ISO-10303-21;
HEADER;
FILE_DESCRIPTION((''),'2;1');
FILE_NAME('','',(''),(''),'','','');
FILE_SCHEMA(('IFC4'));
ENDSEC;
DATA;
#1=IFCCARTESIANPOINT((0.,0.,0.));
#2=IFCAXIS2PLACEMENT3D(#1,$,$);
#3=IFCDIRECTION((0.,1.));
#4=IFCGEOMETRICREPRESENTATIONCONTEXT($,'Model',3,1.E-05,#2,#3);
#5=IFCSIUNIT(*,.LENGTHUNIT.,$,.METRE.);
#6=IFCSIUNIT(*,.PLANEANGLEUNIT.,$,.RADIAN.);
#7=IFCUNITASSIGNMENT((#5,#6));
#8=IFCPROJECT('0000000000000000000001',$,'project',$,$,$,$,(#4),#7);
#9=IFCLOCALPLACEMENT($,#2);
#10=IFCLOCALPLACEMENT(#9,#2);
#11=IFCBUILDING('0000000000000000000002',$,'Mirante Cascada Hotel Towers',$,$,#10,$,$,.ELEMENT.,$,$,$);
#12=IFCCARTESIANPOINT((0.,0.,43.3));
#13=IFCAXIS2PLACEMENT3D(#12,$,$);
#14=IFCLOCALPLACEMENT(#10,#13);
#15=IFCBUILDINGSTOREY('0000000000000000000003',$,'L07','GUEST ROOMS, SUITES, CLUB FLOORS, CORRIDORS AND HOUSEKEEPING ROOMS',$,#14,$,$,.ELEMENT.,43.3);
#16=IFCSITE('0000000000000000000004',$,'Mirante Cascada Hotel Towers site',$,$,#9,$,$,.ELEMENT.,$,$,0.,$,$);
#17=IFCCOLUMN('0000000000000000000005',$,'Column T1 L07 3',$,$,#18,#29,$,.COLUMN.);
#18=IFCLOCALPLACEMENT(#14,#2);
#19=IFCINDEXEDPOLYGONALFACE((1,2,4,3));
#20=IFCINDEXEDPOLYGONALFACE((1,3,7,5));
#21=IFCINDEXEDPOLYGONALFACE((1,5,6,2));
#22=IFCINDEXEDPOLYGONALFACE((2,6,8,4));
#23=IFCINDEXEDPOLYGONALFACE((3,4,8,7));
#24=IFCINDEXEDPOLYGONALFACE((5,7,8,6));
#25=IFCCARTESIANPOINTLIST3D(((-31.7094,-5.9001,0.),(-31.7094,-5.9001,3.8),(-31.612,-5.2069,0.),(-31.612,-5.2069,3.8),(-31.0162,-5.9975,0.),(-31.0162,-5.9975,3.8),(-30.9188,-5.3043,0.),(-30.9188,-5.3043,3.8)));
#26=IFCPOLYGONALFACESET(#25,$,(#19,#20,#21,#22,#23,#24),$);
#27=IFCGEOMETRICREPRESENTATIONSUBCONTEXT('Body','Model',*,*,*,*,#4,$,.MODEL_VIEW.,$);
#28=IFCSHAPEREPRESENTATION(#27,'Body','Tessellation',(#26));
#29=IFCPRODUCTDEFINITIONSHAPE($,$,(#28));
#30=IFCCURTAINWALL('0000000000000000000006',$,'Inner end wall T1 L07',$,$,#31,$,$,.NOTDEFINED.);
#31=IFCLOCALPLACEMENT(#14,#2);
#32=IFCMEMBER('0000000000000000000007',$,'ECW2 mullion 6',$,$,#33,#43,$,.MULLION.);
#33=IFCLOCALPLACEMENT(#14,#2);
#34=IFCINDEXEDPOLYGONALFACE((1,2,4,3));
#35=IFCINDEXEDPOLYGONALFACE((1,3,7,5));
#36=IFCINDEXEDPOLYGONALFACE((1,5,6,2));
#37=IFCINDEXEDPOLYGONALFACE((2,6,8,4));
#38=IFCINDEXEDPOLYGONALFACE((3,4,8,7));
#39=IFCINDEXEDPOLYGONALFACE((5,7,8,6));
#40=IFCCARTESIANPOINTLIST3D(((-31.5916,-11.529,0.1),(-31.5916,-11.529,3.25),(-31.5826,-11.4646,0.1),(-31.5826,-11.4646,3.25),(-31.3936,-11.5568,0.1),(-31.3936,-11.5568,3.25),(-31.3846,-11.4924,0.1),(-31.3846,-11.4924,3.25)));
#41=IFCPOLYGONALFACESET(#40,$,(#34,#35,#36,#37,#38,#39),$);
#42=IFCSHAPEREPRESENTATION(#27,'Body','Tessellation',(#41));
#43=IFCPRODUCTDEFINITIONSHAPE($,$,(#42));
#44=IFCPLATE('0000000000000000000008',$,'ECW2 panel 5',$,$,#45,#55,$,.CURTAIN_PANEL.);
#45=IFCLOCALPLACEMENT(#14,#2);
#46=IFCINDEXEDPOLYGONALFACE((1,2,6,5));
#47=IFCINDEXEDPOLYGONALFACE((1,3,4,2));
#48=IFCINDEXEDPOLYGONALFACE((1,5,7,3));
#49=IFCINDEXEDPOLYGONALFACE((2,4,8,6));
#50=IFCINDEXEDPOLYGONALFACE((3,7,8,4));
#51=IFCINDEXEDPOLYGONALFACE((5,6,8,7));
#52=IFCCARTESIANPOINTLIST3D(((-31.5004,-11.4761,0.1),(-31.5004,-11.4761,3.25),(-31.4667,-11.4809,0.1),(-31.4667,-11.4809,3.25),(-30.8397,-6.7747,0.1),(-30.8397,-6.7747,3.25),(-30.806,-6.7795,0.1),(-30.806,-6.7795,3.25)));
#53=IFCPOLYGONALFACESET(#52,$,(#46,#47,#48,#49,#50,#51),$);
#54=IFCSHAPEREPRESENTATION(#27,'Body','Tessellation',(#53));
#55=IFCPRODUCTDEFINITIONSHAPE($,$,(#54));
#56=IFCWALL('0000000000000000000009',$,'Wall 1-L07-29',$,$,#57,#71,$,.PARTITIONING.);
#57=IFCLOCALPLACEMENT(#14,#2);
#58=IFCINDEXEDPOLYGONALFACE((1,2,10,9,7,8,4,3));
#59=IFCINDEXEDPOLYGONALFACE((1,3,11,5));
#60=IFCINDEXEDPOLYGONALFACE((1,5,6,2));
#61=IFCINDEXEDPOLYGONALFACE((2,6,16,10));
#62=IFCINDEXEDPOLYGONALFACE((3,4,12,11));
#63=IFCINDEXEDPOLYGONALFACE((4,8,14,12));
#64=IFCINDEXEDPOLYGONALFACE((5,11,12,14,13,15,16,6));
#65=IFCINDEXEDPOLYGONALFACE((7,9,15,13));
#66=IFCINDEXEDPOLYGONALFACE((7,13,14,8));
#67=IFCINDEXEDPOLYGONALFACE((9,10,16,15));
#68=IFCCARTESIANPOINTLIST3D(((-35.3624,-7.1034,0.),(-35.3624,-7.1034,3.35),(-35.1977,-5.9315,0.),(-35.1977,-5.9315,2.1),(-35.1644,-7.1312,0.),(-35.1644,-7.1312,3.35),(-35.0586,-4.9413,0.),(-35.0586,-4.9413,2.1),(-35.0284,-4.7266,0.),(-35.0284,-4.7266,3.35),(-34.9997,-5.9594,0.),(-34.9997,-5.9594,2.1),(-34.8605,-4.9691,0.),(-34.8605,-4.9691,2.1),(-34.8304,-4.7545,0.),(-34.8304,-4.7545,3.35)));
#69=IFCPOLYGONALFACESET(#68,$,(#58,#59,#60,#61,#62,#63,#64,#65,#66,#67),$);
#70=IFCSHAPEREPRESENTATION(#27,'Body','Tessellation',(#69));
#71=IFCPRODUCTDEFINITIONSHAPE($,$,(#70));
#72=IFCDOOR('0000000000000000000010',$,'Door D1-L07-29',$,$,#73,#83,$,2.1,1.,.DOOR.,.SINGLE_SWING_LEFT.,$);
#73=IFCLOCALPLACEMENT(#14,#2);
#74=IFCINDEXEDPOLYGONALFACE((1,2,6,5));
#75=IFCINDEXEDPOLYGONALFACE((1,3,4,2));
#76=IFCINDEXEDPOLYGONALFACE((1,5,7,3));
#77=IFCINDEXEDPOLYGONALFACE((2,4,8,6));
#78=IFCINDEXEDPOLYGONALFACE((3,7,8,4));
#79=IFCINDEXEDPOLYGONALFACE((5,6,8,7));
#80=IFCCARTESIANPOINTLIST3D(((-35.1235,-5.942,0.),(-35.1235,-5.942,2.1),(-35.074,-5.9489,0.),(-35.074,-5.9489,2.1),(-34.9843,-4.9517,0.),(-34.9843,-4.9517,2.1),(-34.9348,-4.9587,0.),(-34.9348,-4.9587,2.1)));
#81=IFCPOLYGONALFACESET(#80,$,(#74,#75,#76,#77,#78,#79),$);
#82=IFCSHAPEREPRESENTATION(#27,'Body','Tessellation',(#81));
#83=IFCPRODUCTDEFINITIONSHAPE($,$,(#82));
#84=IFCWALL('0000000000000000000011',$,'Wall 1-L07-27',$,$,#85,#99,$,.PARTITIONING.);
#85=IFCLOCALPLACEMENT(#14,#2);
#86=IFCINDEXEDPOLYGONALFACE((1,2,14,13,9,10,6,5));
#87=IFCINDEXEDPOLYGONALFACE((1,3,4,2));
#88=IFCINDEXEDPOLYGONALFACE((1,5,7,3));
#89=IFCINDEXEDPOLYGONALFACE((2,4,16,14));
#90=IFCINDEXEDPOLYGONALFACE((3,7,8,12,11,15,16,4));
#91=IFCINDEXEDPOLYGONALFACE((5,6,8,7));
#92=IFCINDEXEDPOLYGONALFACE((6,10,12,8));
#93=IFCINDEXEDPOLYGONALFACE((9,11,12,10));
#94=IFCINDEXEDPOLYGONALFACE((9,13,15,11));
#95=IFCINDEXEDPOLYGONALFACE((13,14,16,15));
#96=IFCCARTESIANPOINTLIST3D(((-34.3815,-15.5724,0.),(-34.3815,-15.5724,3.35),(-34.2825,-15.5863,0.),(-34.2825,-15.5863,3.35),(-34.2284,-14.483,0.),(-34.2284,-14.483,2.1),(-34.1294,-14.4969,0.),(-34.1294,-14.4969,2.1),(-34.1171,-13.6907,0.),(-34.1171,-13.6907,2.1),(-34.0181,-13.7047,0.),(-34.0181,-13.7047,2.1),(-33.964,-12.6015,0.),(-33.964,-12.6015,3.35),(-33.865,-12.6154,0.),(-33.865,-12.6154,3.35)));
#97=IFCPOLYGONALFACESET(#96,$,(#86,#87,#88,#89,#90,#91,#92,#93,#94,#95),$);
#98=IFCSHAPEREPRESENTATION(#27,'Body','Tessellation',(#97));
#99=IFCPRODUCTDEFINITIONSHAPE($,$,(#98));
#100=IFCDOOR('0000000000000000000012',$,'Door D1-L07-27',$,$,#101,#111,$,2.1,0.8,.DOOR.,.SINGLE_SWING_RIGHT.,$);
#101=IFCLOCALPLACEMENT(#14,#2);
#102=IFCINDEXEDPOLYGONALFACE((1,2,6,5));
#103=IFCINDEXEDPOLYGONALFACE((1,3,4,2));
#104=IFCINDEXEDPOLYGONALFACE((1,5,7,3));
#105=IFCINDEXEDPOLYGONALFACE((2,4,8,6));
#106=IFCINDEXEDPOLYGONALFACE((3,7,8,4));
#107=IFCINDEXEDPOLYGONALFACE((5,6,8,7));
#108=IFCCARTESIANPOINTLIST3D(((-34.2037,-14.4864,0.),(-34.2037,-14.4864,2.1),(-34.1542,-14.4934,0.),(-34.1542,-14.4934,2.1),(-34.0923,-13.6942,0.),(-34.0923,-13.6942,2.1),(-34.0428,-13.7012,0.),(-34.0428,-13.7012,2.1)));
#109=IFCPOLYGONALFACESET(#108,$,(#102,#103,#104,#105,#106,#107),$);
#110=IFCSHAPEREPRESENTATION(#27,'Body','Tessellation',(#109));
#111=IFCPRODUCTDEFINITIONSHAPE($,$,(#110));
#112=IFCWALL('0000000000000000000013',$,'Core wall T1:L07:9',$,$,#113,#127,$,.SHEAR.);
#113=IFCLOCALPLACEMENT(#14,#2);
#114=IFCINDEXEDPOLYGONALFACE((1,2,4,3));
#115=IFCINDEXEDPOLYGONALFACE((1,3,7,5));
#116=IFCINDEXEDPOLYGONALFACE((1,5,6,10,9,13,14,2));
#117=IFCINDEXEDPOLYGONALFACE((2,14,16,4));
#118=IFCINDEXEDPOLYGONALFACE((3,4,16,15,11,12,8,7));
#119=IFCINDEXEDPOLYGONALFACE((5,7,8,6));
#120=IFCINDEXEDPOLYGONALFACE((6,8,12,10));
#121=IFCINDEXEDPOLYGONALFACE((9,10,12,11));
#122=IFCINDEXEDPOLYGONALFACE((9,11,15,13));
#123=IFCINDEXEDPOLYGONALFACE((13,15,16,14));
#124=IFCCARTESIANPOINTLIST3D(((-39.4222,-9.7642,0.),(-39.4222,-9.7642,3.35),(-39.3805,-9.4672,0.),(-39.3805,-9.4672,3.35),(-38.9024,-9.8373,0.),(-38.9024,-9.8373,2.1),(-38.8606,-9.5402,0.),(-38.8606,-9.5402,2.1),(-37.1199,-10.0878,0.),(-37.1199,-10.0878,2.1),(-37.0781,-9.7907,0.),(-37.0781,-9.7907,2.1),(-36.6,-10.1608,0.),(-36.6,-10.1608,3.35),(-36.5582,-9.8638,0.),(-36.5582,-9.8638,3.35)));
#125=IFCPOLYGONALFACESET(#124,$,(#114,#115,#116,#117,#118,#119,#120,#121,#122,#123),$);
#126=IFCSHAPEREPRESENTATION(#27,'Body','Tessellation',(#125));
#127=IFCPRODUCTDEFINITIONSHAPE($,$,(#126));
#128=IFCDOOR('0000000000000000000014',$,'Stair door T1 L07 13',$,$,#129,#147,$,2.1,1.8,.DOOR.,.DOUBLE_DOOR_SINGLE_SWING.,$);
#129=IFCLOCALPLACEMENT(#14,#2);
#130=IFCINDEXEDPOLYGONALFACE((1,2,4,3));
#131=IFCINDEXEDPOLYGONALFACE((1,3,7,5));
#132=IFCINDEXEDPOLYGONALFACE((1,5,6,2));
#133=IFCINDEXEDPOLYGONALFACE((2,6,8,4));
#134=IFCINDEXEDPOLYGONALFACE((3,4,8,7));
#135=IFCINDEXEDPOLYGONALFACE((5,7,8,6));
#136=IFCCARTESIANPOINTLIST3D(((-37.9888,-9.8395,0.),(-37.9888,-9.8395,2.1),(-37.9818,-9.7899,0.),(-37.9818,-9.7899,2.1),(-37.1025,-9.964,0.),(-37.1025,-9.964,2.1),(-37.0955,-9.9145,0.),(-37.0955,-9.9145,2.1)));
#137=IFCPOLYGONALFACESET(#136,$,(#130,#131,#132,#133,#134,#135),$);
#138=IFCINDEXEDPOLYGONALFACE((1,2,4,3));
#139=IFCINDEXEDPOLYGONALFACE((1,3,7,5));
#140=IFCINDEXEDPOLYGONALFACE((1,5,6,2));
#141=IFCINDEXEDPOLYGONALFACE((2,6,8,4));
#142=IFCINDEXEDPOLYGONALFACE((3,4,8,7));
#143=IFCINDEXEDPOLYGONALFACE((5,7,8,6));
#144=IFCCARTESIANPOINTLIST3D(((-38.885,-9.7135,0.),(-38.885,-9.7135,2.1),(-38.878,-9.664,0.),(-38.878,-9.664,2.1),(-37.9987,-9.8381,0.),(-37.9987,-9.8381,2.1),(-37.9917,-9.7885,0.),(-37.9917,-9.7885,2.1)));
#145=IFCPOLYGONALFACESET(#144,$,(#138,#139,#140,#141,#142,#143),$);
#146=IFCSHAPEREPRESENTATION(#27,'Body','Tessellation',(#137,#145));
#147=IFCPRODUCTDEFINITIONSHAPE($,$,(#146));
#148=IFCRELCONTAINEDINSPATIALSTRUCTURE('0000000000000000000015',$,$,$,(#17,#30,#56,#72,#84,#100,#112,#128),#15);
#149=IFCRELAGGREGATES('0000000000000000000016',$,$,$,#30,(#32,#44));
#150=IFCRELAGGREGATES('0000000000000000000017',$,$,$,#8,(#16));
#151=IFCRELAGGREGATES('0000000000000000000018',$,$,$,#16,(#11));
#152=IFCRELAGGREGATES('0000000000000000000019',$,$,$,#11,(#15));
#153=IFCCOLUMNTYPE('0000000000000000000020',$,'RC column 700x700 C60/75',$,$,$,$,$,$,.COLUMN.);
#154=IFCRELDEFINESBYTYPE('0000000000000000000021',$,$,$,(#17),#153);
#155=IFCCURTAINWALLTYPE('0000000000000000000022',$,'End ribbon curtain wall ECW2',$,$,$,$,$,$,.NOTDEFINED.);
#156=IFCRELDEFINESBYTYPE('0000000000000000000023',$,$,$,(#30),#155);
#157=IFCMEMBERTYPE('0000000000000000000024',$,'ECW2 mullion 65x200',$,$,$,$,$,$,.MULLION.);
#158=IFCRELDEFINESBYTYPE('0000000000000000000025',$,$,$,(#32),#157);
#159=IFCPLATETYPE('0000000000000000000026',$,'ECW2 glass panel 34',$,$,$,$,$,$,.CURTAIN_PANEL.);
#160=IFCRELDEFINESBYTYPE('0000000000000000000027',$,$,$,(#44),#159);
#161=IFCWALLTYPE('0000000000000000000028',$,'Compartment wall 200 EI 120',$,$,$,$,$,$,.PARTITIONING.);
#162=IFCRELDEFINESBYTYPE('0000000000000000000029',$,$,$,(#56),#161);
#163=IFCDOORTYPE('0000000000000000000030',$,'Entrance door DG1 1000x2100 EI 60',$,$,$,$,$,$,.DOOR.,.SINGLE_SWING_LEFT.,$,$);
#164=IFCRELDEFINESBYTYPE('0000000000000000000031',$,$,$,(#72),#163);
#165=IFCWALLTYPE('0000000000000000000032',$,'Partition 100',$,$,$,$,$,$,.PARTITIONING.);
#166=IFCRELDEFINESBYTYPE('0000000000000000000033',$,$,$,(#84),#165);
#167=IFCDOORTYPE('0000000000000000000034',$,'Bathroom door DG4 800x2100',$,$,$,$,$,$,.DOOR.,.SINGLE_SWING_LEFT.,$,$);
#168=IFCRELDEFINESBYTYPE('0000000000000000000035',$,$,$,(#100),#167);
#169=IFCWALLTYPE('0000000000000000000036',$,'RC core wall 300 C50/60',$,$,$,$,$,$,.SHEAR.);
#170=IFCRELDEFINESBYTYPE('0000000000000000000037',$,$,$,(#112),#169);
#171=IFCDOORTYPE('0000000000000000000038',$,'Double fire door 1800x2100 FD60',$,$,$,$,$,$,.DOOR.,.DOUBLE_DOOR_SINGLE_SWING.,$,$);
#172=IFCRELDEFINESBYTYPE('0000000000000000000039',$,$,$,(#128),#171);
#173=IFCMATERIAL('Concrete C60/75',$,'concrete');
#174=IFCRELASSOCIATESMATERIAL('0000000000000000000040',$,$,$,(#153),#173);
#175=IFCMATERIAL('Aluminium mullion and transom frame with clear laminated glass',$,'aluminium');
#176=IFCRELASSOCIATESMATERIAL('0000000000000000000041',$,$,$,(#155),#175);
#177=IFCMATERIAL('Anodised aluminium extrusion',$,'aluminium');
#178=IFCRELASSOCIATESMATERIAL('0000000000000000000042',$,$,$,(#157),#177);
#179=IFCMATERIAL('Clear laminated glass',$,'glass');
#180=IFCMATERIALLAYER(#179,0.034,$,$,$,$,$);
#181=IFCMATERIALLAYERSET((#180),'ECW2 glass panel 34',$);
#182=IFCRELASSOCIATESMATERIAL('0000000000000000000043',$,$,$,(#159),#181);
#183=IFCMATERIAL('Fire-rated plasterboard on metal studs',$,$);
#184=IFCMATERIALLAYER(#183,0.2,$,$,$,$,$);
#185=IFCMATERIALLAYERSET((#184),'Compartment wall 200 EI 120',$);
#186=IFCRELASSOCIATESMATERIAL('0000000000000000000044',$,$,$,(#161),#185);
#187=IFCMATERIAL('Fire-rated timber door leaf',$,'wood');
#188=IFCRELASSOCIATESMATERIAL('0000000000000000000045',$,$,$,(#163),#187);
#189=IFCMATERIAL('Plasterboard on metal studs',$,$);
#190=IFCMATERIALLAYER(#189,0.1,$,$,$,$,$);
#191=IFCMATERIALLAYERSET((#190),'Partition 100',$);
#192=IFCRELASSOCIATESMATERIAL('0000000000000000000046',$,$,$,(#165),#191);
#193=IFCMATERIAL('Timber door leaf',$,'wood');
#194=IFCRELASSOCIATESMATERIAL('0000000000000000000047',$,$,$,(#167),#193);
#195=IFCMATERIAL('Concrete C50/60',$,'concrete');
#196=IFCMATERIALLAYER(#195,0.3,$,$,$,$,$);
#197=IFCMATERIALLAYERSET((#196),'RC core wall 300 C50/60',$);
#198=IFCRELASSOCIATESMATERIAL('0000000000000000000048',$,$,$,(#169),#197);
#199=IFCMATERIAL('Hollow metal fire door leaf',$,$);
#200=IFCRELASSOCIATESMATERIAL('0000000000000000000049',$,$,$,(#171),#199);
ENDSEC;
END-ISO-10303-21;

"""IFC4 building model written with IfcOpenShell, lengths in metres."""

from ifc_helpers import new_model, si_unit, direction, frame, frame_2d, origin, origin_2d, place, context, subcontext, project, spatial, rectangle, extrude, material, layer, layer_set, material_profile, profile_set, type_object, element, fill, aggregate, save


model = new_model("IFC4")

# Units and contexts
model_context = context("Model", 3, precision=1e-05, world=origin(), true_north=direction((0.0, 1.0)))
body_context = subcontext(model_context, "Body", "Model", "MODEL_VIEW")
ifc_project = project(units=[si_unit("LENGTHUNIT", "METRE"), si_unit("PLANEANGLEUNIT", "RADIAN")], contexts=[model_context])

# Site, building, storey
site_placement = place(None, origin())
site = spatial("IfcSite", under=ifc_project, at=site_placement, Name="Mirante Cascada Hotel Towers site", CompositionType="ELEMENT", RefElevation=0.0)
building_placement = place(site_placement, origin())
building = spatial("IfcBuilding", under=site, at=building_placement, Name="Mirante Cascada Hotel Towers", CompositionType="ELEMENT")
storey_placement = place(building_placement, frame((0.0, 0.0, 43.3)))
storey = spatial("IfcBuildingStorey", under=building, at=storey_placement, Name="L07", Description="GUEST ROOMS, SUITES, CLUB FLOORS, CORRIDORS AND HOUSEKEEPING ROOMS", CompositionType="ELEMENT", Elevation=43.3)

# Column
ifc_material_1 = material(Name="Concrete C60/75", Category="concrete")
ifc_material_profile_1 = material_profile(ifc_material_1, rectangle(XDim=0.7, YDim=0.7, at=origin_2d()), Name="RC column 700x700 C60/75")
ifc_profile_set_1 = profile_set([ifc_material_profile_1], Name="Concrete C60/75")
column_type = type_object("IfcColumnType", Name="RC column 700x700 C60/75", PredefinedType="COLUMN", material=ifc_profile_set_1)
column_placement = place(storey_placement, frame((-31.3141, -5.6022, 0.0), z_axis=(0.0, 0.0, 1.0), x_axis=(-0.990268, 0.139173, 0.0)))
element("IfcColumn", 1, at=column_placement, inside=storey, type_object=column_type, Name="Column T1 L07 3", PredefinedType="COLUMN", context=body_context, shape_type="SweptSolid", body=[
    extrude(rectangle(XDim=0.7, YDim=0.7, at=origin_2d()), origin(), (0.0, 0.0, 1.0), 3.8),
])

# Curtain wall, member, plate
ifc_material_2 = material(Name="Aluminium mullion and transom frame with clear laminated glass", Category="aluminium")
curtain_wall_type = type_object("IfcCurtainWallType", Name="End ribbon curtain wall ECW2", PredefinedType="NOTDEFINED", material=ifc_material_2)
curtain_wall_placement = place(storey_placement, origin())
curtain_wall = element("IfcCurtainWall", 2, at=curtain_wall_placement, inside=storey, type_object=curtain_wall_type, Name="Inner end wall T1 L07", PredefinedType="NOTDEFINED")
ifc_material_3 = material(Name="Anodised aluminium extrusion", Category="aluminium")
ifc_material_profile_2 = material_profile(ifc_material_3, rectangle(XDim=0.2, YDim=0.065, at=origin_2d()), Name="ECW2 MULLION 65x200")
ifc_profile_set_2 = profile_set([ifc_material_profile_2], Name="Anodised aluminium extrusion")
member_type = type_object("IfcMemberType", Name="ECW2 mullion 65x200", PredefinedType="MULLION", material=ifc_profile_set_2)
member_placement = place(storey_placement, frame((-31.4881, -11.5107, 0.1), z_axis=(0.0, 0.0, 1.0), x_axis=(0.990268, -0.139173, 0.0)))
member = element("IfcMember", 3, at=member_placement, type_object=member_type, Name="ECW2 mullion 6", PredefinedType="MULLION", context=body_context, shape_type="SweptSolid", body=[
    extrude(rectangle(XDim=0.2, YDim=0.065, at=origin_2d()), origin(), (0.0, 0.0, 1.0), 3.15),
])
ifc_material_4 = material(Name="Clear laminated glass", Category="glass")
ifc_layer_1 = layer(ifc_material_4, 0.034)
ifc_layer_set_1 = layer_set([ifc_layer_1], Name="ECW2 glass panel 34")
plate_type = type_object("IfcPlateType", Name="ECW2 glass panel 34", PredefinedType="CURTAIN_PANEL", material=ifc_layer_set_1)
plate_placement = place(storey_placement, frame((-31.1532, -9.1278, 0.1), z_axis=(0.0, 0.0, 1.0), x_axis=(-0.139173, -0.990268, 0.0)))
plate = element("IfcPlate", 4, at=plate_placement, type_object=plate_type, Name="ECW2 panel 5", PredefinedType="CURTAIN_PANEL", context=body_context, shape_type="SweptSolid", body=[
    extrude(rectangle(XDim=4.7476, YDim=0.034, at=origin_2d()), origin(), (0.0, 0.0, 1.0), 3.15),
])
aggregate(curtain_wall, [member, plate])

# Walls, openings, doors
ifc_material_5 = material(Name="Fire-rated plasterboard on metal studs")
ifc_layer_2 = layer(ifc_material_5, 0.2)
ifc_layer_set_2 = layer_set([ifc_layer_2], Name="Compartment wall 200 EI 120")
wall_type_1 = type_object("IfcWallType", Name="Compartment wall 200 EI 120", PredefinedType="PARTITIONING", material=ifc_layer_set_2)
wall_1_placement = place(storey_placement, frame((-34.9294, -4.7406, 0.0), z_axis=(0.0, 0.0, 1.0), x_axis=(-0.139163, -0.990269, 0.0)))
wall_1 = element("IfcWall", 5, at=wall_1_placement, inside=storey, type_object=wall_type_1, Name="Wall 1-L07-29", PredefinedType="PARTITIONING", context=body_context, shape_type="SweptSolid", body=[
    extrude(rectangle(XDim=2.4001, YDim=0.2, at=frame_2d((1.2, 0.0))), origin(), (0.0, 0.0, 1.0), 3.35),
])
opening_1_placement = place(wall_1_placement, frame((0.2167, 0.0, 0.0)))
opening_1 = element("IfcOpeningElement", 6, at=opening_1_placement, cuts=wall_1, PredefinedType="OPENING", context=body_context, shape_type="SweptSolid", body=[
    extrude(rectangle(XDim=1.0, YDim=2.1, at=frame_2d((0.5, 1.05))), frame((0.0, 0.1, 0.0), z_axis=(0.0, -1.0, 0.0), x_axis=(1.0, 0.0, 0.0)), (0.0, 0.0, 1.0), 0.2),
])
ifc_material_6 = material(Name="Fire-rated timber door leaf", Category="wood")
door_type_1 = type_object("IfcDoorType", Name="Entrance door DG1 1000x2100 EI 60", OperationType="SINGLE_SWING_LEFT", PredefinedType="DOOR", material=ifc_material_6)
door_1_placement = place(opening_1_placement, origin())
door_1 = element("IfcDoor", 7, at=door_1_placement, inside=storey, type_object=door_type_1, Name="Door D1-L07-29", OperationType="SINGLE_SWING_LEFT", OverallHeight=2.1, OverallWidth=1.0, PredefinedType="DOOR", context=body_context, shape_type="SweptSolid", body=[
    extrude(rectangle(XDim=1.0, YDim=2.1, at=frame_2d((0.5, 1.05))), frame((0.0, 0.025, 0.0), z_axis=(0.0, -1.0, 0.0), x_axis=(1.0, 0.0, 0.0)), (0.0, 0.0, 1.0), 0.05),
])
fill(opening_1, door_1)
ifc_material_7 = material(Name="Plasterboard on metal studs")
ifc_layer_3 = layer(ifc_material_7, 0.1)
ifc_layer_set_3 = layer_set([ifc_layer_3], Name="Partition 100")
wall_type_2 = type_object("IfcWallType", Name="Partition 100", PredefinedType="PARTITIONING", material=ifc_layer_set_3)
wall_2_placement = place(storey_placement, frame((-33.9145, -12.6084, 0.0), z_axis=(0.0, 0.0, 1.0), x_axis=(-0.139162, -0.99027, 0.0)))
wall_2 = element("IfcWall", 8, at=wall_2_placement, inside=storey, type_object=wall_type_2, Name="Wall 1-L07-27", PredefinedType="PARTITIONING", context=body_context, shape_type="SweptSolid", body=[
    extrude(rectangle(XDim=3.0001, YDim=0.1, at=frame_2d((1.5001, 0.0))), origin(), (0.0, 0.0, 1.0), 3.35),
])
opening_2_placement = place(wall_2_placement, frame((1.1, 0.0, 0.0)))
opening_2 = element("IfcOpeningElement", 9, at=opening_2_placement, cuts=wall_2, PredefinedType="OPENING", context=body_context, shape_type="SweptSolid", body=[
    extrude(rectangle(XDim=0.8, YDim=2.1, at=frame_2d((0.4, 1.05))), frame((0.0, 0.05, 0.0), z_axis=(0.0, -1.0, 0.0), x_axis=(1.0, 0.0, 0.0)), (0.0, 0.0, 1.0), 0.1),
])
ifc_material_8 = material(Name="Timber door leaf", Category="wood")
door_type_2 = type_object("IfcDoorType", Name="Bathroom door DG4 800x2100", OperationType="SINGLE_SWING_LEFT", PredefinedType="DOOR", material=ifc_material_8)
door_2_placement = place(opening_2_placement, frame((0.8, 0.0, 0.0), z_axis=(0.0, 0.0, 1.0), x_axis=(-1.0, 0.0, 0.0)))
door_2 = element("IfcDoor", 10, at=door_2_placement, inside=storey, type_object=door_type_2, Name="Door D1-L07-27", OperationType="SINGLE_SWING_RIGHT", OverallHeight=2.1, OverallWidth=0.8, PredefinedType="DOOR", context=body_context, shape_type="SweptSolid", body=[
    extrude(rectangle(XDim=0.8, YDim=2.1, at=frame_2d((0.4, 1.05))), frame((0.0, 0.025, 0.0), z_axis=(0.0, -1.0, 0.0), x_axis=(1.0, 0.0, 0.0)), (0.0, 0.0, 1.0), 0.05),
])
fill(opening_2, door_2)
ifc_material_9 = material(Name="Concrete C50/60", Category="concrete")
ifc_layer_4 = layer(ifc_material_9, 0.3)
ifc_layer_set_4 = layer_set([ifc_layer_4], Name="RC core wall 300 C50/60")
wall_type_3 = type_object("IfcWallType", Name="RC core wall 300 C50/60", PredefinedType="SHEAR", material=ifc_layer_set_4)
wall_3_placement = place(storey_placement, frame((-36.5791, -10.0123, 0.0), z_axis=(0.0, 0.0, 1.0), x_axis=(-0.99027, 0.139156, 0.0)))
wall_3 = element("IfcWall", 11, at=wall_3_placement, inside=storey, type_object=wall_type_3, Name="Core wall T1:L07:9", PredefinedType="SHEAR", context=body_context, shape_type="SweptSolid", body=[
    extrude(rectangle(XDim=2.85, YDim=0.3, at=frame_2d((1.425, 0.0))), origin(), (0.0, 0.0, 1.0), 3.35),
])
opening_3_placement = place(wall_3_placement, frame((0.525, 0.0, 0.0)))
opening_3 = element("IfcOpeningElement", 12, at=opening_3_placement, cuts=wall_3, PredefinedType="OPENING", context=body_context, shape_type="SweptSolid", body=[
    extrude(rectangle(XDim=1.8, YDim=2.1, at=frame_2d((0.9, 1.05))), frame((0.0, 0.15, 0.0), z_axis=(0.0, -1.0, 0.0), x_axis=(1.0, 0.0, 0.0)), (0.0, 0.0, 1.0), 0.3),
])
ifc_material_10 = material(Name="Hollow metal fire door leaf")
door_type_3 = type_object("IfcDoorType", Name="Double fire door 1800x2100 FD60", OperationType="DOUBLE_DOOR_SINGLE_SWING", PredefinedType="DOOR", material=ifc_material_10)
door_3_placement = place(opening_3_placement, origin())
door_3 = element("IfcDoor", 13, at=door_3_placement, inside=storey, type_object=door_type_3, Name="Stair door T1 L07 13", OperationType="DOUBLE_DOOR_SINGLE_SWING", OverallHeight=2.1, OverallWidth=1.8, PredefinedType="DOOR", context=body_context, shape_type="SweptSolid", body=[
    extrude(rectangle(XDim=0.895, YDim=2.1, at=frame_2d((0.4475, 1.05))), frame((0.0, 0.025, 0.0), z_axis=(0.0, -1.0, 0.0), x_axis=(1.0, 0.0, 0.0)), (0.0, 0.0, 1.0), 0.05),
    extrude(rectangle(XDim=0.895, YDim=2.1, at=frame_2d((1.3525, 1.05))), frame((0.0, 0.025, 0.0), z_axis=(0.0, -1.0, 0.0), x_axis=(1.0, 0.0, 0.0)), (0.0, 0.0, 1.0), 0.05),
])
fill(opening_3, door_3)

save(model, "model.ifc")
